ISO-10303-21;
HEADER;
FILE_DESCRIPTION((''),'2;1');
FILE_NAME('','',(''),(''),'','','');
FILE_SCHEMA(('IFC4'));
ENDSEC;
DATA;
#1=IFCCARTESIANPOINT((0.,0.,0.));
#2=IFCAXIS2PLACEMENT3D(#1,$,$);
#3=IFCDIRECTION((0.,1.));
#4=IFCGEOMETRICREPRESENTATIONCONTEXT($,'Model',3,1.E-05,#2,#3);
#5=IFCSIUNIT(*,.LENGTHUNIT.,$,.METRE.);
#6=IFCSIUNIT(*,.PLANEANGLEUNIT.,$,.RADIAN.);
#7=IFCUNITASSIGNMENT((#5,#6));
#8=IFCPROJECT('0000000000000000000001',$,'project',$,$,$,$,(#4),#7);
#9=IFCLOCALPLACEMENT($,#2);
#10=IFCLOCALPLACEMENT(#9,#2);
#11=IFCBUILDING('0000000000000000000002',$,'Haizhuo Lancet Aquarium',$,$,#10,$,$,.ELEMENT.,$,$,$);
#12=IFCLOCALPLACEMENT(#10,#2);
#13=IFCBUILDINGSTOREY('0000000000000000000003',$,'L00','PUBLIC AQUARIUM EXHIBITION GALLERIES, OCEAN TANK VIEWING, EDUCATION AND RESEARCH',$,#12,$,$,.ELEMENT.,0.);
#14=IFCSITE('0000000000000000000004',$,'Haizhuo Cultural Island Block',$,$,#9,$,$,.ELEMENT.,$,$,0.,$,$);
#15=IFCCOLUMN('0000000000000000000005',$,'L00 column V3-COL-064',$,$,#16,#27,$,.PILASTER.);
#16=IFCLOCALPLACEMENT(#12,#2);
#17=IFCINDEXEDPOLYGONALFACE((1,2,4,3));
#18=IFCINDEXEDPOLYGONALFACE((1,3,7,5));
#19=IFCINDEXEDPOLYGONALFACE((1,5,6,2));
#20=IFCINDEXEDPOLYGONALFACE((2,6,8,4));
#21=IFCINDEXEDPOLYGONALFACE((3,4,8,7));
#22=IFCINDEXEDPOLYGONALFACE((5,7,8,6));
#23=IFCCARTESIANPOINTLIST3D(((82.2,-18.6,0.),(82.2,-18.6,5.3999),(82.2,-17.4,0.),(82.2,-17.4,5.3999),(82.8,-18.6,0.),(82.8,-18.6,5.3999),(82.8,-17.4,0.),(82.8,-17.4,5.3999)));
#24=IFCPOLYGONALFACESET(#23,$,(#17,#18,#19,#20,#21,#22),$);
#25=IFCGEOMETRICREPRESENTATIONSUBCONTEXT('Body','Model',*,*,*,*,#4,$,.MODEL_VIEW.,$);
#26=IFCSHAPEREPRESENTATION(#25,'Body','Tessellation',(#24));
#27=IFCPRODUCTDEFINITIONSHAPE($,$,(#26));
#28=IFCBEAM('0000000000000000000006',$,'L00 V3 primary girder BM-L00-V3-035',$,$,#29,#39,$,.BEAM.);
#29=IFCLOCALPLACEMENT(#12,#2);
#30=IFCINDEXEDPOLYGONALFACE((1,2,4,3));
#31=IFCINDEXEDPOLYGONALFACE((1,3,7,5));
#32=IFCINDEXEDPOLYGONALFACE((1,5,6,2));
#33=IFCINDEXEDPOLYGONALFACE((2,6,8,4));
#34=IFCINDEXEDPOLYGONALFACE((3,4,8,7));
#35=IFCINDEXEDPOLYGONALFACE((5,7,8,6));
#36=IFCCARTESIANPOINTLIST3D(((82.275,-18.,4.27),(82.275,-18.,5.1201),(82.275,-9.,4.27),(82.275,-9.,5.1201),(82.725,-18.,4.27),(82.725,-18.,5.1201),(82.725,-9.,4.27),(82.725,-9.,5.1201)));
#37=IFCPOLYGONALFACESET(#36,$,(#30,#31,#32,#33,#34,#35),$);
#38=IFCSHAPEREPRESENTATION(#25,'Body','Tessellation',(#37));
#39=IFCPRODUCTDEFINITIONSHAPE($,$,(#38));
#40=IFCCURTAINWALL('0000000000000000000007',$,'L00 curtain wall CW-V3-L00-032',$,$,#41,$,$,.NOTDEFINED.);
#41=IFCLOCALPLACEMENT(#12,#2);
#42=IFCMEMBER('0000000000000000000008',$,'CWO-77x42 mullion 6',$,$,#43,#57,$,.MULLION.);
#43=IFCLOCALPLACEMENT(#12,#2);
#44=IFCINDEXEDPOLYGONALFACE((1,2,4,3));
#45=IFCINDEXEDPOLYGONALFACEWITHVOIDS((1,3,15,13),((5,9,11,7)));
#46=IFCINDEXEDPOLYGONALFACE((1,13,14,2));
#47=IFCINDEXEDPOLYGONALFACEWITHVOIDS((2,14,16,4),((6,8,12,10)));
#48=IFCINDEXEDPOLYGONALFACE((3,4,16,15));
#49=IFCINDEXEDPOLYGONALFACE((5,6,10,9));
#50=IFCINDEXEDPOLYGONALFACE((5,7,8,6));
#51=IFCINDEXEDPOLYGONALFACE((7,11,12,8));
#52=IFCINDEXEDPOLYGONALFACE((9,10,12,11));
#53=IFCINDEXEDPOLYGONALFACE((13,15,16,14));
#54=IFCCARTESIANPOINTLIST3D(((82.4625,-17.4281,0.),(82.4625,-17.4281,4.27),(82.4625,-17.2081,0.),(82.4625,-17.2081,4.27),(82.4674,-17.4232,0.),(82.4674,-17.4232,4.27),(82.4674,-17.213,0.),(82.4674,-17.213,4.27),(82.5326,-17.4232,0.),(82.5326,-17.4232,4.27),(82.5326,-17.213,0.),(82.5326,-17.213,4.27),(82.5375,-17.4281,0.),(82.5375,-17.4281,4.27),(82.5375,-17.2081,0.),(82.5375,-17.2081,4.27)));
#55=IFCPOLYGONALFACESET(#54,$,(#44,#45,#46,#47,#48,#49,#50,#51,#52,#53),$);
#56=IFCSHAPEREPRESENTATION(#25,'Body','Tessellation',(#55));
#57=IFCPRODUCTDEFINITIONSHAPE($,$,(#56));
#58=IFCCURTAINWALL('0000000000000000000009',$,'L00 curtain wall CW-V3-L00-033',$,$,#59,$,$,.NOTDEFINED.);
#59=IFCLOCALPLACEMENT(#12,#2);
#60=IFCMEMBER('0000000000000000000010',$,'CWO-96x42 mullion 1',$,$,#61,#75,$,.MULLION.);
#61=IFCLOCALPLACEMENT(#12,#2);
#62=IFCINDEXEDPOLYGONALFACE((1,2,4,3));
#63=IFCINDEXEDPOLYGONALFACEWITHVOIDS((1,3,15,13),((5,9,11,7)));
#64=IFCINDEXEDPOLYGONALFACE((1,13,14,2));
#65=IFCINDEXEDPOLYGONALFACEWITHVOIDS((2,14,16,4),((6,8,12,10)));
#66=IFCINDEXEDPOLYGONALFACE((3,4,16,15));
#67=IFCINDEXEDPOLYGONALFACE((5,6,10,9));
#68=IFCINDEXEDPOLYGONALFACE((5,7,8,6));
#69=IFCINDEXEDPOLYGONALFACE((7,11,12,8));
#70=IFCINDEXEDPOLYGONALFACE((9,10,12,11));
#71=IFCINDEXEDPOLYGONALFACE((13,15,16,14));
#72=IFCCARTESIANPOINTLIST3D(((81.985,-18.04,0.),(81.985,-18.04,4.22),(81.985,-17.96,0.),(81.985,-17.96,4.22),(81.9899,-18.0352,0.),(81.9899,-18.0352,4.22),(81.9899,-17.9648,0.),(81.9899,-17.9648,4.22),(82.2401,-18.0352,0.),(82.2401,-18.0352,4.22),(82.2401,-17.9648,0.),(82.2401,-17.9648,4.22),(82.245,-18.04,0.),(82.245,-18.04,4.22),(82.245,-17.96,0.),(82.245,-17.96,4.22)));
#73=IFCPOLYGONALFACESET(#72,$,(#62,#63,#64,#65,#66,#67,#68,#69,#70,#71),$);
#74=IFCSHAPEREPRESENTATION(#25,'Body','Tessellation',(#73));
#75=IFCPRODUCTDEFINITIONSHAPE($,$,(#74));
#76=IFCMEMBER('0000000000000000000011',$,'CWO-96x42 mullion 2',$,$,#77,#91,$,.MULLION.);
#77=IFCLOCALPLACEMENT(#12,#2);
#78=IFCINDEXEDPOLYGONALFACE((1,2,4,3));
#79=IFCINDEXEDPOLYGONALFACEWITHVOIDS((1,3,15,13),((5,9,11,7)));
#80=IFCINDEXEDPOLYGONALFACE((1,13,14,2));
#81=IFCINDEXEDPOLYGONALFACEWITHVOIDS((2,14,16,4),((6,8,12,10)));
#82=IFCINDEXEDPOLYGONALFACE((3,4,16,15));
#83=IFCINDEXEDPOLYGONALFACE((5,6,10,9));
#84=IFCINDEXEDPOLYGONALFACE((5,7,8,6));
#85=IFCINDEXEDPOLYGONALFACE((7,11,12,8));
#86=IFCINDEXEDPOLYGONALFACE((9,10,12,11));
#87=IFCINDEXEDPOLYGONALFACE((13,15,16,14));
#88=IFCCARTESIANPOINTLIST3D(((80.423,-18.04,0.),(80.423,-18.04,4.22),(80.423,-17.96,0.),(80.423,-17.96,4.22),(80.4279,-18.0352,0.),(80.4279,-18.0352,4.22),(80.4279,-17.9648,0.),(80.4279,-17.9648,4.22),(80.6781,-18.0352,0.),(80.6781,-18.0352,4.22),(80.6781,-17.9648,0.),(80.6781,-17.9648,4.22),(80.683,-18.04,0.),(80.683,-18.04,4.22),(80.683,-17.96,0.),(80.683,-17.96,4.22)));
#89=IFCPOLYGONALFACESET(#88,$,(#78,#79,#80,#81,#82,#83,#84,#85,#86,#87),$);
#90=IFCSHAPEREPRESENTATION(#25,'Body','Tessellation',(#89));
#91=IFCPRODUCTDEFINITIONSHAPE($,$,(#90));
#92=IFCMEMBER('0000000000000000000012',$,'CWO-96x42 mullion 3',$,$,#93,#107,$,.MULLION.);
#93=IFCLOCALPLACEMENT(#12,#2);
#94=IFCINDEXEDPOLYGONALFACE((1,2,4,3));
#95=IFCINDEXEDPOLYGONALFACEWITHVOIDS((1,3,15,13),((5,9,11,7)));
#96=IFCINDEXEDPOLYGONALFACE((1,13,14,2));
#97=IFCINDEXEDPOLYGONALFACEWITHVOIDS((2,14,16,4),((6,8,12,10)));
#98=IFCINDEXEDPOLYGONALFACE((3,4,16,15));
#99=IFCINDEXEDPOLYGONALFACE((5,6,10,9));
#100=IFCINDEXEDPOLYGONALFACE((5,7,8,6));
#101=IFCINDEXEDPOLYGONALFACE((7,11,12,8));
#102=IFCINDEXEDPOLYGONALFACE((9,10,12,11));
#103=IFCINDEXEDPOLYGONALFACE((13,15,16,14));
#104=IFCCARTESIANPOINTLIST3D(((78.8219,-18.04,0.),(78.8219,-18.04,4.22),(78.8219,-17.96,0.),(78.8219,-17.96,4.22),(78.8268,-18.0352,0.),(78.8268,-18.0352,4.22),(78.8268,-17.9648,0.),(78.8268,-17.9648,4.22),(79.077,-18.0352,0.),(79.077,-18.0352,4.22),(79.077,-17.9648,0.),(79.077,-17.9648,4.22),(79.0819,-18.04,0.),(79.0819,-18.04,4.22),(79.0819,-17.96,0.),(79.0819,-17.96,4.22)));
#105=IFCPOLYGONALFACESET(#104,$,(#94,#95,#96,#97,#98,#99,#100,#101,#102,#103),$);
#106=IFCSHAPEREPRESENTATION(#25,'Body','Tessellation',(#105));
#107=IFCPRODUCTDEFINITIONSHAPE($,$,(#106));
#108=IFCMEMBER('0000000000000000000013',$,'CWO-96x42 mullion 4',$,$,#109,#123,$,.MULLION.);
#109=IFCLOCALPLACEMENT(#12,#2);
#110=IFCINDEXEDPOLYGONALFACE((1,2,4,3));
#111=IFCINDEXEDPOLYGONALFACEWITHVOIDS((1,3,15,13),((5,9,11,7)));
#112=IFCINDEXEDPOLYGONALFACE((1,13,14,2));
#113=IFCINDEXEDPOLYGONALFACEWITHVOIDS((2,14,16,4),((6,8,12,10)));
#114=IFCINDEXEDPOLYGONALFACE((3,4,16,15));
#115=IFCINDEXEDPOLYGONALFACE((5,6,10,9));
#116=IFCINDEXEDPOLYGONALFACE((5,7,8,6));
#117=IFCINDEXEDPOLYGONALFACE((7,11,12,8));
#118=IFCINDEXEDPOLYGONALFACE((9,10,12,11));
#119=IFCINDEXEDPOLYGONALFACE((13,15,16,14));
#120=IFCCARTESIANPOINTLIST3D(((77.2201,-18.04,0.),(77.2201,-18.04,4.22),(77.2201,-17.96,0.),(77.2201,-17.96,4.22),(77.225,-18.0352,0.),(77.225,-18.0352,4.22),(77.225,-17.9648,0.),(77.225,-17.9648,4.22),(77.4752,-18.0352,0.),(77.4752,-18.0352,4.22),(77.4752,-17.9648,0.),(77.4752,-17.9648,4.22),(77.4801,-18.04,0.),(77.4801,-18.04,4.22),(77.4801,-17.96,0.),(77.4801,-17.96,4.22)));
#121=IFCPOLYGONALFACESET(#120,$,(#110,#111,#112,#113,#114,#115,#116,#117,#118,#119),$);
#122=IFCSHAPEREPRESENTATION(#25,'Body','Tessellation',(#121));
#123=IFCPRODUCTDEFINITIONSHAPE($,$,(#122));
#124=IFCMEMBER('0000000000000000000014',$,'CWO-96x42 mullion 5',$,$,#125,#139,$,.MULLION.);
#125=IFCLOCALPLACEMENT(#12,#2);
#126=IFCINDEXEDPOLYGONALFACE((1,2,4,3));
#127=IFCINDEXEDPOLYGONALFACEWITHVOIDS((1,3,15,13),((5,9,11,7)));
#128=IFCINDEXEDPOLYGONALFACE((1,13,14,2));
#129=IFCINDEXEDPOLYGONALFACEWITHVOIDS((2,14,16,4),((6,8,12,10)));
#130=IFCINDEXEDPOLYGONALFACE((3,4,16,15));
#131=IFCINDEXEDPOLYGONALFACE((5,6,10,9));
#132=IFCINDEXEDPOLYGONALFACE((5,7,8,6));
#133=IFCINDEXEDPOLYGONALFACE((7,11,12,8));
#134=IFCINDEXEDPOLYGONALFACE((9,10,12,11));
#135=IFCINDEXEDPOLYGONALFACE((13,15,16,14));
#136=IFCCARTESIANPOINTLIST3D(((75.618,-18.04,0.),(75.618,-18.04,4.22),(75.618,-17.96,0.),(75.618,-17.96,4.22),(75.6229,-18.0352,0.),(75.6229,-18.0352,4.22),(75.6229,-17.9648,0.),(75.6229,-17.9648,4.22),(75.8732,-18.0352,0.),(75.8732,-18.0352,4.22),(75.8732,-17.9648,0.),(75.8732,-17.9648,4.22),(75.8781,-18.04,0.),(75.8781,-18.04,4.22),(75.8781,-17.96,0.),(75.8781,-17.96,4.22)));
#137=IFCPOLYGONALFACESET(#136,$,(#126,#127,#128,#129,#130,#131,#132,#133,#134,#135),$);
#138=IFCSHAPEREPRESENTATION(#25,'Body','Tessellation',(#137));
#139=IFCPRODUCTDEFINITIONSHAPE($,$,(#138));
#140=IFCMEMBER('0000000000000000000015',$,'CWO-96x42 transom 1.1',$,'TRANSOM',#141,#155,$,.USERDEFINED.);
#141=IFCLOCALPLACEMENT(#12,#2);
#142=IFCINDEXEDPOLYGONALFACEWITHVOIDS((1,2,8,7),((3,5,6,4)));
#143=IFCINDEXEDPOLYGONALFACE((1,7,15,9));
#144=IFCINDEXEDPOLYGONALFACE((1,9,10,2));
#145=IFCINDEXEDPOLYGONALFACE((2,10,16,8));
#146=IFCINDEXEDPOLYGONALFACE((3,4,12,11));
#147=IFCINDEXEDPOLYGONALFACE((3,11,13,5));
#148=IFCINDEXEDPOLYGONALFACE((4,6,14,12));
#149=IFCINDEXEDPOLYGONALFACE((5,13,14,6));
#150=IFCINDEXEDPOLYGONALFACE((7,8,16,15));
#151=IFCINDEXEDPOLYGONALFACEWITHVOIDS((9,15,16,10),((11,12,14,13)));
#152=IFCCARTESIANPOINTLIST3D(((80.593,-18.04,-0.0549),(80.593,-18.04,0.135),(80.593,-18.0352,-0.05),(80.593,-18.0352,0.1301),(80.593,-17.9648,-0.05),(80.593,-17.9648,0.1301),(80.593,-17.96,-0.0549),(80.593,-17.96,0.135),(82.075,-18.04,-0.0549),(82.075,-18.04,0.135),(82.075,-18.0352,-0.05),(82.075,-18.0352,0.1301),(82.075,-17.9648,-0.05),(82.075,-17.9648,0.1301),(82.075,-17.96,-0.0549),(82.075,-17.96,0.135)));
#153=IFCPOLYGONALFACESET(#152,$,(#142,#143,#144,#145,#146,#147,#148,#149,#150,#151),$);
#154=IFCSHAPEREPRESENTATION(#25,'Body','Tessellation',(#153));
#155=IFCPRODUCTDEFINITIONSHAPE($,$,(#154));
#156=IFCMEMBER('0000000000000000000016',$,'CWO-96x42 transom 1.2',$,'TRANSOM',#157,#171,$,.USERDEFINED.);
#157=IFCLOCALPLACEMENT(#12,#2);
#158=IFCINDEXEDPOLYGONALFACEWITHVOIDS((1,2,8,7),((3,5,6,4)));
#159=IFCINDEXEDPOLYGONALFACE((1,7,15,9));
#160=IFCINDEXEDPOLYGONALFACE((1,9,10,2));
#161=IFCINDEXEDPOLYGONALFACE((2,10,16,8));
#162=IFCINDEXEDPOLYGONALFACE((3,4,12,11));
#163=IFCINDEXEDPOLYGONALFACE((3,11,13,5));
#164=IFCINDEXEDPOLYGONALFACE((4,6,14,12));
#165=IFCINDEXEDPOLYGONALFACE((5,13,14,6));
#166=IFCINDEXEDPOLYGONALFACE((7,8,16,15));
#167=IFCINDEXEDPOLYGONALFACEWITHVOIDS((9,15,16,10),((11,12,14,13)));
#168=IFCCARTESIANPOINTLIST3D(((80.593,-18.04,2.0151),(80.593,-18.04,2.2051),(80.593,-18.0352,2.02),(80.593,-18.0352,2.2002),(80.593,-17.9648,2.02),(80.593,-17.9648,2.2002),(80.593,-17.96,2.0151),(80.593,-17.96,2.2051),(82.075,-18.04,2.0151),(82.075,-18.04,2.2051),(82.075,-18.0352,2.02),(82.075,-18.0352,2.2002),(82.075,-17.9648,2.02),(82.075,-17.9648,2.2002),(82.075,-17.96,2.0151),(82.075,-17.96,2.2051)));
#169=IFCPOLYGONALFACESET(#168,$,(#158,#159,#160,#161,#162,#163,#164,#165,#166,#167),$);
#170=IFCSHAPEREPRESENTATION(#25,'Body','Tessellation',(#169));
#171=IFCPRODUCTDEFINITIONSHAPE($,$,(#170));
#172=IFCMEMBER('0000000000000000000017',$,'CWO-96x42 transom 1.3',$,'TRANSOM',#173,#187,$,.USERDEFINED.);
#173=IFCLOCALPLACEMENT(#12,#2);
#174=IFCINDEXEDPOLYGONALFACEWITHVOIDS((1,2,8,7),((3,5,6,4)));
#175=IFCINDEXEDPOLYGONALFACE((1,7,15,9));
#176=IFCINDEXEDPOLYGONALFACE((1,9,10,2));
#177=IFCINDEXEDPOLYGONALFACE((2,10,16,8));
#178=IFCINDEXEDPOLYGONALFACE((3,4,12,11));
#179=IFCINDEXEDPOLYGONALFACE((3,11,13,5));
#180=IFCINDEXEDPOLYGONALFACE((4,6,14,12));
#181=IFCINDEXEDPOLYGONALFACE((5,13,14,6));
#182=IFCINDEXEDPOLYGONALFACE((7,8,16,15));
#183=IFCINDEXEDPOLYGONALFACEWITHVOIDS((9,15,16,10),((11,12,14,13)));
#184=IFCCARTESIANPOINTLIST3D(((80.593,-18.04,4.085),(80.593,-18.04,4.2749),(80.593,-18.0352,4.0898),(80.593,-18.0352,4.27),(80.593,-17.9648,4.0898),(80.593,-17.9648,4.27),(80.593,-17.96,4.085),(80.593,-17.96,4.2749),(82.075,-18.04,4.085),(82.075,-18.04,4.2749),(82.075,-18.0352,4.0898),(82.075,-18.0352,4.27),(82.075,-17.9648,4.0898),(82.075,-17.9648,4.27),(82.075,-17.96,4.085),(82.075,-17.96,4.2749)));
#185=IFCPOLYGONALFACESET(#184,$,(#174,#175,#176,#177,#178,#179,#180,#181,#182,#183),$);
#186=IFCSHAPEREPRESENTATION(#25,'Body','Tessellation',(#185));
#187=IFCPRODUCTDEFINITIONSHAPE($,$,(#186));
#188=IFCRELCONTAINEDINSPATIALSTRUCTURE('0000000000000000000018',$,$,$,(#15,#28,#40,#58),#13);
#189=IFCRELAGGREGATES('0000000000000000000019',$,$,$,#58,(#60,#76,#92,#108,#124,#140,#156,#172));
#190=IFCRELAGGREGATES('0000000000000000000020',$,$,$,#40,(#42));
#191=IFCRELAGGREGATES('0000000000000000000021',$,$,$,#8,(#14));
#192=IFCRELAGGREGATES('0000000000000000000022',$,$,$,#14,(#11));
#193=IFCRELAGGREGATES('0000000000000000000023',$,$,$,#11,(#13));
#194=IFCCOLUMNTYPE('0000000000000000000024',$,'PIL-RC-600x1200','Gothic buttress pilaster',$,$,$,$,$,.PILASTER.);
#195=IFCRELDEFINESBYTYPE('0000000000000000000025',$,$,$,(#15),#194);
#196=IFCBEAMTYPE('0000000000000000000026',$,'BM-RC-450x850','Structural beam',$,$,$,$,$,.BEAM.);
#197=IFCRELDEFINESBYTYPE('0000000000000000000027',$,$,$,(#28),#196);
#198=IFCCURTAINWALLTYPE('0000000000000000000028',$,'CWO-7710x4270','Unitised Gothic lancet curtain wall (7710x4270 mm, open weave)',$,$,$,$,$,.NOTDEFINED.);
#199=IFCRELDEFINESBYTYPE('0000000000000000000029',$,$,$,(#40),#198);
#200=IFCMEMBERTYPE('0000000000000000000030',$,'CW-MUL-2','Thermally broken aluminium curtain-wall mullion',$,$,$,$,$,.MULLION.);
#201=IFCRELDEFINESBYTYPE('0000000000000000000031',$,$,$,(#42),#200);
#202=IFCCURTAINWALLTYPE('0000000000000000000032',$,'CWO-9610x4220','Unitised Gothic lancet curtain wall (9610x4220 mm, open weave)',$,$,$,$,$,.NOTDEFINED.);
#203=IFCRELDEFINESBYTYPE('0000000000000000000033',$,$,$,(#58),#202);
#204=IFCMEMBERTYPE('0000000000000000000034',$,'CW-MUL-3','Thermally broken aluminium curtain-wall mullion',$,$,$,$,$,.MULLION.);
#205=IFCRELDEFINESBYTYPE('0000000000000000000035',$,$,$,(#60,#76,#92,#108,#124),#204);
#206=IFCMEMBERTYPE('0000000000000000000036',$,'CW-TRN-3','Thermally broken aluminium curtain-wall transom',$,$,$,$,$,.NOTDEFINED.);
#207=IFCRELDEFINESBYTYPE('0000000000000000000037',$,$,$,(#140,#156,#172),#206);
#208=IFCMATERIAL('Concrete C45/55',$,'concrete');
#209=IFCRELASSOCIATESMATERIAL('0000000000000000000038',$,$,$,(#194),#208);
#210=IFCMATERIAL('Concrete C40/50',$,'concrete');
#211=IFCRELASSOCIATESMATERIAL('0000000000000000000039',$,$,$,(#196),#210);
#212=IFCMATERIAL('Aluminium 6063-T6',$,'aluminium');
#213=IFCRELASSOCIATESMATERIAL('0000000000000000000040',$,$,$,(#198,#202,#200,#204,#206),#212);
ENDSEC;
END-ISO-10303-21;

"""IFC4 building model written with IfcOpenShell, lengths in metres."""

from ifc_helpers import new_model, si_unit, direction, frame, origin, origin_2d, place, context, subcontext, project, spatial, rectangle, hollow_rectangle, extrude, material, material_profile, profile_set, type_object, element, aggregate, save


model = new_model("IFC4")

# Units and contexts
model_context = context("Model", 3, precision=1e-05, world=origin(), true_north=direction((0.0, 1.0)))
body_context = subcontext(model_context, "Body", "Model", "MODEL_VIEW")
ifc_project = project(units=[si_unit("LENGTHUNIT", "METRE"), si_unit("PLANEANGLEUNIT", "RADIAN")], contexts=[model_context])

# Site, building, storey
site_placement = place(None, origin())
site = spatial("IfcSite", under=ifc_project, at=site_placement, Name="Haizhuo Cultural Island Block", CompositionType="ELEMENT", RefElevation=0.0)
building_placement = place(site_placement, origin())
building = spatial("IfcBuilding", under=site, at=building_placement, Name="Haizhuo Lancet Aquarium", CompositionType="ELEMENT")
storey_placement = place(building_placement, origin())
storey = spatial("IfcBuildingStorey", under=building, at=storey_placement, Name="L00", Description="PUBLIC AQUARIUM EXHIBITION GALLERIES, OCEAN TANK VIEWING, EDUCATION AND RESEARCH", CompositionType="ELEMENT", Elevation=0.0)

# Column
ifc_material_1 = material(Name="Concrete C45/55", Category="concrete")
ifc_material_profile_1 = material_profile(ifc_material_1, rectangle(XDim=0.6001, YDim=1.2, at=origin_2d()), Name="RC-PIL 600x1200")
ifc_profile_set_1 = profile_set([ifc_material_profile_1], Name="Concrete C45/55")
column_type = type_object("IfcColumnType", Name="PIL-RC-600x1200", Description="Gothic buttress pilaster", PredefinedType="PILASTER", material=ifc_profile_set_1)
column_placement = place(storey_placement, frame((82.5, -18.0, 0.0), z_axis=(0.0, 0.0, 1.0), x_axis=(1.0, 0.0, 0.0)))
element("IfcColumn", 1, at=column_placement, inside=storey, type_object=column_type, Name="L00 column V3-COL-064", PredefinedType="PILASTER", context=body_context, shape_type="SweptSolid", body=[
    extrude(rectangle(XDim=0.6001, YDim=1.2, at=origin_2d()), origin(), (0.0, 0.0, 1.0), 5.3999),
])

# Beam
ifc_material_2 = material(Name="Concrete C40/50", Category="concrete")
ifc_material_profile_2 = material_profile(ifc_material_2, rectangle(XDim=0.45, YDim=0.8501, at=origin_2d()), Name="RC-BM 450x850")
ifc_profile_set_2 = profile_set([ifc_material_profile_2], Name="Concrete C40/50")
beam_type = type_object("IfcBeamType", Name="BM-RC-450x850", Description="Structural beam", PredefinedType="BEAM", material=ifc_profile_set_2)
beam_placement = place(storey_placement, frame((82.5, -18.0, 4.6951), z_axis=(0.0, 1.0, 0.0), x_axis=(-1.0, 0.0, 0.0)))
element("IfcBeam", 2, at=beam_placement, inside=storey, type_object=beam_type, Name="L00 V3 primary girder BM-L00-V3-035", PredefinedType="BEAM", context=body_context, shape_type="SweptSolid", body=[
    extrude(rectangle(XDim=0.45, YDim=0.8501, at=origin_2d()), origin(), (0.0, 0.0, 1.0), 9.0),
])

# Curtain wall, member
ifc_material_3 = material(Name="Aluminium 6063-T6", Category="aluminium")
curtain_wall_type_1 = type_object("IfcCurtainWallType", Name="CWO-7710x4270", Description="Unitised Gothic lancet curtain wall (7710x4270 mm, open weave)", PredefinedType="NOTDEFINED", material=ifc_material_3)
curtain_wall_1_placement = place(storey_placement, origin())
curtain_wall_1 = element("IfcCurtainWall", 3, at=curtain_wall_1_placement, inside=storey, type_object=curtain_wall_type_1, Name="L00 curtain wall CW-V3-L00-032", PredefinedType="NOTDEFINED")
ifc_material_profile_3 = material_profile(ifc_material_3, hollow_rectangle(XDim=0.075, YDim=0.22, WallThickness=0.0049, at=origin_2d()), Name="ALU-M 75x220x5")
ifc_profile_set_3 = profile_set([ifc_material_profile_3], Name="Aluminium 6063-T6")
member_type_1 = type_object("IfcMemberType", Name="CW-MUL-2", Description="Thermally broken aluminium curtain-wall mullion", PredefinedType="MULLION", material=ifc_profile_set_3)
member_1_placement = place(storey_placement, frame((82.5, -17.3181, 0.0), z_axis=(0.0, 0.0, 1.0), x_axis=(1.0, 0.0, 0.0)))
member_1 = element("IfcMember", 4, at=member_1_placement, type_object=member_type_1, Name="CWO-77x42 mullion 6", PredefinedType="MULLION", context=body_context, shape_type="SweptSolid", body=[
    extrude(hollow_rectangle(XDim=0.075, YDim=0.22, WallThickness=0.0049, at=origin_2d()), origin(), (0.0, 0.0, 1.0), 4.27),
])

# Curtain wall, members
curtain_wall_type_2 = type_object("IfcCurtainWallType", Name="CWO-9610x4220", Description="Unitised Gothic lancet curtain wall (9610x4220 mm, open weave)", PredefinedType="NOTDEFINED", material=ifc_material_3)
curtain_wall_2_placement = place(storey_placement, origin())
curtain_wall_2 = element("IfcCurtainWall", 5, at=curtain_wall_2_placement, inside=storey, type_object=curtain_wall_type_2, Name="L00 curtain wall CW-V3-L00-033", PredefinedType="NOTDEFINED")
ifc_material_profile_4 = material_profile(ifc_material_3, hollow_rectangle(XDim=0.0801, YDim=0.26, WallThickness=0.0049, at=origin_2d()), Name="ALU-M 80x260x5")
ifc_profile_set_4 = profile_set([ifc_material_profile_4], Name="Aluminium 6063-T6")
member_type_2 = type_object("IfcMemberType", Name="CW-MUL-3", Description="Thermally broken aluminium curtain-wall mullion", PredefinedType="MULLION", material=ifc_profile_set_4)
member_2_placement = place(storey_placement, frame((82.115, -18.0, 0.0), z_axis=(0.0, 0.0, 1.0), x_axis=(0.0, -1.0, 0.0)))
member_2 = element("IfcMember", 6, at=member_2_placement, type_object=member_type_2, Name="CWO-96x42 mullion 1", PredefinedType="MULLION", context=body_context, shape_type="SweptSolid", body=[
    extrude(hollow_rectangle(XDim=0.0801, YDim=0.26, WallThickness=0.0049, at=origin_2d()), origin(), (0.0, 0.0, 1.0), 4.22),
])
member_3_placement = place(storey_placement, frame((80.553, -18.0, 0.0), z_axis=(0.0, 0.0, 1.0), x_axis=(0.0, -1.0, 0.0)))
member_3 = element("IfcMember", 7, at=member_3_placement, type_object=member_type_2, Name="CWO-96x42 mullion 2", PredefinedType="MULLION", context=body_context, shape_type="SweptSolid", body=[
    extrude(hollow_rectangle(XDim=0.0801, YDim=0.26, WallThickness=0.0049, at=origin_2d()), origin(), (0.0, 0.0, 1.0), 4.22),
])
member_4_placement = place(storey_placement, frame((78.9519, -18.0, 0.0), z_axis=(0.0, 0.0, 1.0), x_axis=(0.0, -1.0, 0.0)))
member_4 = element("IfcMember", 8, at=member_4_placement, type_object=member_type_2, Name="CWO-96x42 mullion 3", PredefinedType="MULLION", context=body_context, shape_type="SweptSolid", body=[
    extrude(hollow_rectangle(XDim=0.0801, YDim=0.26, WallThickness=0.0049, at=origin_2d()), origin(), (0.0, 0.0, 1.0), 4.22),
])
member_5_placement = place(storey_placement, frame((77.3501, -18.0, 0.0), z_axis=(0.0, 0.0, 1.0), x_axis=(0.0, -1.0, 0.0)))
member_5 = element("IfcMember", 9, at=member_5_placement, type_object=member_type_2, Name="CWO-96x42 mullion 4", PredefinedType="MULLION", context=body_context, shape_type="SweptSolid", body=[
    extrude(hollow_rectangle(XDim=0.0801, YDim=0.26, WallThickness=0.0049, at=origin_2d()), origin(), (0.0, 0.0, 1.0), 4.22),
])
member_6_placement = place(storey_placement, frame((75.748, -18.0, 0.0), z_axis=(0.0, 0.0, 1.0), x_axis=(0.0, -1.0, 0.0)))
member_6 = element("IfcMember", 10, at=member_6_placement, type_object=member_type_2, Name="CWO-96x42 mullion 5", PredefinedType="MULLION", context=body_context, shape_type="SweptSolid", body=[
    extrude(hollow_rectangle(XDim=0.0801, YDim=0.26, WallThickness=0.0049, at=origin_2d()), origin(), (0.0, 0.0, 1.0), 4.22),
])
ifc_material_profile_5 = material_profile(ifc_material_3, hollow_rectangle(XDim=0.0801, YDim=0.1899, WallThickness=0.0049, at=origin_2d()), Name="ALU-T 80x190x5")
ifc_profile_set_5 = profile_set([ifc_material_profile_5], Name="Aluminium 6063-T6")
member_type_3 = type_object("IfcMemberType", Name="CW-TRN-3", Description="Thermally broken aluminium curtain-wall transom", PredefinedType="NOTDEFINED", material=ifc_profile_set_5)
member_7_placement = place(storey_placement, frame((82.075, -18.0, 0.04), z_axis=(-1.0, 0.0, 0.0), x_axis=(0.0, -1.0, 0.0)))
member_7 = element("IfcMember", 11, at=member_7_placement, type_object=member_type_3, Name="CWO-96x42 transom 1.1", ObjectType="TRANSOM", PredefinedType="USERDEFINED", context=body_context, shape_type="SweptSolid", body=[
    extrude(hollow_rectangle(XDim=0.0801, YDim=0.1899, WallThickness=0.0049, at=origin_2d()), origin(), (0.0, 0.0, 1.0), 1.4819),
])
member_8_placement = place(storey_placement, frame((82.075, -18.0, 2.1101), z_axis=(-1.0, 0.0, 0.0), x_axis=(0.0, -1.0, 0.0)))
member_8 = element("IfcMember", 12, at=member_8_placement, type_object=member_type_3, Name="CWO-96x42 transom 1.2", ObjectType="TRANSOM", PredefinedType="USERDEFINED", context=body_context, shape_type="SweptSolid", body=[
    extrude(hollow_rectangle(XDim=0.0801, YDim=0.1899, WallThickness=0.0049, at=origin_2d()), origin(), (0.0, 0.0, 1.0), 1.4819),
])
member_9_placement = place(storey_placement, frame((82.075, -18.0, 4.1799), z_axis=(-1.0, 0.0, 0.0), x_axis=(0.0, -1.0, 0.0)))
member_9 = element("IfcMember", 13, at=member_9_placement, type_object=member_type_3, Name="CWO-96x42 transom 1.3", ObjectType="TRANSOM", PredefinedType="USERDEFINED", context=body_context, shape_type="SweptSolid", body=[
    extrude(hollow_rectangle(XDim=0.0801, YDim=0.1899, WallThickness=0.0049, at=origin_2d()), origin(), (0.0, 0.0, 1.0), 1.4819),
])
aggregate(curtain_wall_2, [member_2, member_3, member_4, member_5, member_6, member_7, member_8, member_9])

aggregate(curtain_wall_1, [member_1])

save(model, "model.ifc")
